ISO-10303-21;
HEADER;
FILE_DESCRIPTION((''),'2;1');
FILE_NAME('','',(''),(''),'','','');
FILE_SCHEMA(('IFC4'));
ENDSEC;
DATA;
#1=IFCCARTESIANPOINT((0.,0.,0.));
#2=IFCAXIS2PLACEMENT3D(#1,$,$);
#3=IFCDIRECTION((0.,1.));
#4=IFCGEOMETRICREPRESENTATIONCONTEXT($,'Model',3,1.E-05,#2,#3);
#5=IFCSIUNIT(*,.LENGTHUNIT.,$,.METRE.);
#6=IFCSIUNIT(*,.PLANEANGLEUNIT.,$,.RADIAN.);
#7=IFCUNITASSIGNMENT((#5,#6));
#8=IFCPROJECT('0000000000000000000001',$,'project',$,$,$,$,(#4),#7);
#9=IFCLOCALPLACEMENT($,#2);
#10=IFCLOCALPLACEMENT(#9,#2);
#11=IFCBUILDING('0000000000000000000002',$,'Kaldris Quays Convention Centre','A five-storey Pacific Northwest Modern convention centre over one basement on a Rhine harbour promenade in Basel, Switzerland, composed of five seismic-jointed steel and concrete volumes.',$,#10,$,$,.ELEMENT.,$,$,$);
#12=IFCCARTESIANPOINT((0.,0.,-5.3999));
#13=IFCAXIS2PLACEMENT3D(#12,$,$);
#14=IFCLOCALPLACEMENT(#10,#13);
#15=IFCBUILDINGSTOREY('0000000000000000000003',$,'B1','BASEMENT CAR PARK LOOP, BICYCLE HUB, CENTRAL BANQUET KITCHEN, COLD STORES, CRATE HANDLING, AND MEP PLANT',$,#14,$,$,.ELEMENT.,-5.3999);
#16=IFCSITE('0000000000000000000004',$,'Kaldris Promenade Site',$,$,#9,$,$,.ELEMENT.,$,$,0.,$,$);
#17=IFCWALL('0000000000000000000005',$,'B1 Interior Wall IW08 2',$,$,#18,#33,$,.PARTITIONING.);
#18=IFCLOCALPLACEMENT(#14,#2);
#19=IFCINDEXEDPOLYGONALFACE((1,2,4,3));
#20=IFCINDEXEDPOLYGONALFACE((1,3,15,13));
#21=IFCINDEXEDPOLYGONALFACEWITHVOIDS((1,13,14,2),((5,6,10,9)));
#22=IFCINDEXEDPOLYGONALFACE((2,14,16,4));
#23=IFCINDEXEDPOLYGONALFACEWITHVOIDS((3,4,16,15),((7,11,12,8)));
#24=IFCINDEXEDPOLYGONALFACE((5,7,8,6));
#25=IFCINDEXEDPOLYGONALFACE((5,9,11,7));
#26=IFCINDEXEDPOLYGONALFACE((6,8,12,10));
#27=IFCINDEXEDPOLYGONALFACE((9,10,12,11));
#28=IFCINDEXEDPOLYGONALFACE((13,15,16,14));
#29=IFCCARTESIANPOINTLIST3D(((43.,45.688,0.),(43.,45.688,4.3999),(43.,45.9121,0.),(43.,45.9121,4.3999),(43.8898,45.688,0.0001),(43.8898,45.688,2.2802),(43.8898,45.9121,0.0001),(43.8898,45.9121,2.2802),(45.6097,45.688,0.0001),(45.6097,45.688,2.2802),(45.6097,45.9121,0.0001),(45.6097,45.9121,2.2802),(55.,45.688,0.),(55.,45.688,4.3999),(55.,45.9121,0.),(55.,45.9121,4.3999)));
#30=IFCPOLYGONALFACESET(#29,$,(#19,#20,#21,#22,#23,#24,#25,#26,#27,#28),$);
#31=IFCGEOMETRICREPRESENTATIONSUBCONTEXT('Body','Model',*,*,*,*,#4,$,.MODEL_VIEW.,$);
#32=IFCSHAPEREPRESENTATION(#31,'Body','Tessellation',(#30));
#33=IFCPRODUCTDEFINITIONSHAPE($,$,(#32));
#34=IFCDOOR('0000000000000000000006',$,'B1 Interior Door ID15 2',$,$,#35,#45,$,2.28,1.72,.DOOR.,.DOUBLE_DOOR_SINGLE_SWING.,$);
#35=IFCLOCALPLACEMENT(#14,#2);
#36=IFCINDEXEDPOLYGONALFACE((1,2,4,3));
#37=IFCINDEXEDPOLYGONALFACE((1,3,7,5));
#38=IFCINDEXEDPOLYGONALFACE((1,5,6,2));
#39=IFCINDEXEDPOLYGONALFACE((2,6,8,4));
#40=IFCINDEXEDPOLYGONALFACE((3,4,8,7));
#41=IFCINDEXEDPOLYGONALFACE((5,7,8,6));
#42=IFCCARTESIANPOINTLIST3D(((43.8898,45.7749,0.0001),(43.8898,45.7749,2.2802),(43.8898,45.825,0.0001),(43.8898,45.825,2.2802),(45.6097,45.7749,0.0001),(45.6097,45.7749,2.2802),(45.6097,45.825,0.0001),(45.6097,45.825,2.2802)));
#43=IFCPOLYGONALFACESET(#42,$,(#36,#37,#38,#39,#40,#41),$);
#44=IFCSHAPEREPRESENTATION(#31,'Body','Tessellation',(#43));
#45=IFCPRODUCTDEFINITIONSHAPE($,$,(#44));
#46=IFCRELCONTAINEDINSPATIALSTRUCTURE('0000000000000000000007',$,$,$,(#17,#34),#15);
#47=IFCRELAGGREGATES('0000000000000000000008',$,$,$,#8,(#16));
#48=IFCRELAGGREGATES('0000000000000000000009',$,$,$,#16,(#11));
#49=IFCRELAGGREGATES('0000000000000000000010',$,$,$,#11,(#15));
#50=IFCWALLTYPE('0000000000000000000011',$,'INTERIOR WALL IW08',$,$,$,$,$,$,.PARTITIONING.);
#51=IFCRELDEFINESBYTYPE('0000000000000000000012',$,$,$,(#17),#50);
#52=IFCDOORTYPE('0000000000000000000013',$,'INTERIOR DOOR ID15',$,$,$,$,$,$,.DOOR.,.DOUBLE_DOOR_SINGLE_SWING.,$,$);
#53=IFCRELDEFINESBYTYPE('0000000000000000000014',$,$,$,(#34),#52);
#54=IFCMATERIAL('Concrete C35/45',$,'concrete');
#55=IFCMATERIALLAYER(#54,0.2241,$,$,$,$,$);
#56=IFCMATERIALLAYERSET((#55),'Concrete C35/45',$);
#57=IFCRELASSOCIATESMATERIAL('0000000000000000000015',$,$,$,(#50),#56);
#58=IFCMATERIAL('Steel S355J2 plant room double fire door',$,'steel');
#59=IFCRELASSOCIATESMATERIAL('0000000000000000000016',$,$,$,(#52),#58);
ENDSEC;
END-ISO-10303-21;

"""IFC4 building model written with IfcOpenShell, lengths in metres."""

from ifc_helpers import new_model, si_unit, direction, frame, frame_2d, origin, place, context, subcontext, project, spatial, rectangle, extrude, material, layer, layer_set, type_object, element, fill, save


model = new_model("IFC4")

# Units and contexts
model_context = context("Model", 3, precision=1e-05, world=origin(), true_north=direction((0.0, 1.0)))
body_context = subcontext(model_context, "Body", "Model", "MODEL_VIEW")
ifc_project = project(units=[si_unit("LENGTHUNIT", "METRE"), si_unit("PLANEANGLEUNIT", "RADIAN")], contexts=[model_context])

# Site, building, storey
site_placement = place(None, origin())
site = spatial("IfcSite", under=ifc_project, at=site_placement, Name="Kaldris Promenade Site", CompositionType="ELEMENT", RefElevation=0.0)
building_placement = place(site_placement, origin())
building = spatial("IfcBuilding", under=site, at=building_placement, Name="Kaldris Quays Convention Centre", Description="A five-storey Pacific Northwest Modern convention centre over one basement on a Rhine harbour promenade in Basel, Switzerland, composed of five seismic-jointed steel and concrete volumes.", CompositionType="ELEMENT")
storey_placement = place(building_placement, frame((0.0, 0.0, -5.3999)))
storey = spatial("IfcBuildingStorey", under=building, at=storey_placement, Name="B1", Description="BASEMENT CAR PARK LOOP, BICYCLE HUB, CENTRAL BANQUET KITCHEN, COLD STORES, CRATE HANDLING, AND MEP PLANT", CompositionType="ELEMENT", Elevation=-5.3999)

# Shared definitions
ifc_material_1 = material(Name="Concrete C35/45", Category="concrete")

# Wall, opening, door
ifc_layer = layer(ifc_material_1, 0.2241)
ifc_layer_set = layer_set([ifc_layer], Name="Concrete C35/45")
wall_type = type_object("IfcWallType", Name="INTERIOR WALL IW08", PredefinedType="PARTITIONING", material=ifc_layer_set)
wall_placement = place(storey_placement, frame((43.0, 45.8, 0.0), z_axis=(0.0, 0.0, 1.0), x_axis=(1.0, 0.0, 0.0)))
wall = element("IfcWall", 1, at=wall_placement, inside=storey, type_object=wall_type, Name="B1 Interior Wall IW08 2", PredefinedType="PARTITIONING", context=body_context, shape_type="SweptSolid", body=[
    extrude(rectangle(XDim=12.0, YDim=0.2241, at=frame_2d((6.0, 0.0))), origin(), (0.0, 0.0, 1.0), 4.3999),
])
opening_placement = place(wall_placement, frame((0.8899, 0.0, 0.0)))
opening = element("IfcOpeningElement", 2, at=opening_placement, cuts=wall, PredefinedType="OPENING", context=body_context, shape_type="SweptSolid", body=[
    extrude(rectangle(XDim=1.72, YDim=2.28, at=frame_2d((0.8599, 1.1401))), frame((0.0, 0.1221, 0.0), z_axis=(0.0, -1.0, 0.0), x_axis=(1.0, 0.0, 0.0)), (0.0, 0.0, 1.0), 0.2441),
])
ifc_material_2 = material(Name="Steel S355J2 plant room double fire door", Category="steel")
door_type = type_object("IfcDoorType", Name="INTERIOR DOOR ID15", OperationType="DOUBLE_DOOR_SINGLE_SWING", PredefinedType="DOOR", material=ifc_material_2)
door_placement = place(opening_placement, origin())
door = element("IfcDoor", 3, at=door_placement, inside=storey, type_object=door_type, Name="B1 Interior Door ID15 2", OperationType="DOUBLE_DOOR_SINGLE_SWING", OverallHeight=2.28, OverallWidth=1.72, PredefinedType="DOOR", context=body_context, shape_type="SweptSolid", body=[
    extrude(rectangle(XDim=1.72, YDim=2.28, at=frame_2d((0.8599, 1.1401))), frame((0.0, 0.0249, 0.0), z_axis=(0.0, -1.0, 0.0), x_axis=(1.0, 0.0, 0.0)), (0.0, 0.0, 1.0), 0.05),
])
fill(opening, door)

save(model, "model.ifc")
